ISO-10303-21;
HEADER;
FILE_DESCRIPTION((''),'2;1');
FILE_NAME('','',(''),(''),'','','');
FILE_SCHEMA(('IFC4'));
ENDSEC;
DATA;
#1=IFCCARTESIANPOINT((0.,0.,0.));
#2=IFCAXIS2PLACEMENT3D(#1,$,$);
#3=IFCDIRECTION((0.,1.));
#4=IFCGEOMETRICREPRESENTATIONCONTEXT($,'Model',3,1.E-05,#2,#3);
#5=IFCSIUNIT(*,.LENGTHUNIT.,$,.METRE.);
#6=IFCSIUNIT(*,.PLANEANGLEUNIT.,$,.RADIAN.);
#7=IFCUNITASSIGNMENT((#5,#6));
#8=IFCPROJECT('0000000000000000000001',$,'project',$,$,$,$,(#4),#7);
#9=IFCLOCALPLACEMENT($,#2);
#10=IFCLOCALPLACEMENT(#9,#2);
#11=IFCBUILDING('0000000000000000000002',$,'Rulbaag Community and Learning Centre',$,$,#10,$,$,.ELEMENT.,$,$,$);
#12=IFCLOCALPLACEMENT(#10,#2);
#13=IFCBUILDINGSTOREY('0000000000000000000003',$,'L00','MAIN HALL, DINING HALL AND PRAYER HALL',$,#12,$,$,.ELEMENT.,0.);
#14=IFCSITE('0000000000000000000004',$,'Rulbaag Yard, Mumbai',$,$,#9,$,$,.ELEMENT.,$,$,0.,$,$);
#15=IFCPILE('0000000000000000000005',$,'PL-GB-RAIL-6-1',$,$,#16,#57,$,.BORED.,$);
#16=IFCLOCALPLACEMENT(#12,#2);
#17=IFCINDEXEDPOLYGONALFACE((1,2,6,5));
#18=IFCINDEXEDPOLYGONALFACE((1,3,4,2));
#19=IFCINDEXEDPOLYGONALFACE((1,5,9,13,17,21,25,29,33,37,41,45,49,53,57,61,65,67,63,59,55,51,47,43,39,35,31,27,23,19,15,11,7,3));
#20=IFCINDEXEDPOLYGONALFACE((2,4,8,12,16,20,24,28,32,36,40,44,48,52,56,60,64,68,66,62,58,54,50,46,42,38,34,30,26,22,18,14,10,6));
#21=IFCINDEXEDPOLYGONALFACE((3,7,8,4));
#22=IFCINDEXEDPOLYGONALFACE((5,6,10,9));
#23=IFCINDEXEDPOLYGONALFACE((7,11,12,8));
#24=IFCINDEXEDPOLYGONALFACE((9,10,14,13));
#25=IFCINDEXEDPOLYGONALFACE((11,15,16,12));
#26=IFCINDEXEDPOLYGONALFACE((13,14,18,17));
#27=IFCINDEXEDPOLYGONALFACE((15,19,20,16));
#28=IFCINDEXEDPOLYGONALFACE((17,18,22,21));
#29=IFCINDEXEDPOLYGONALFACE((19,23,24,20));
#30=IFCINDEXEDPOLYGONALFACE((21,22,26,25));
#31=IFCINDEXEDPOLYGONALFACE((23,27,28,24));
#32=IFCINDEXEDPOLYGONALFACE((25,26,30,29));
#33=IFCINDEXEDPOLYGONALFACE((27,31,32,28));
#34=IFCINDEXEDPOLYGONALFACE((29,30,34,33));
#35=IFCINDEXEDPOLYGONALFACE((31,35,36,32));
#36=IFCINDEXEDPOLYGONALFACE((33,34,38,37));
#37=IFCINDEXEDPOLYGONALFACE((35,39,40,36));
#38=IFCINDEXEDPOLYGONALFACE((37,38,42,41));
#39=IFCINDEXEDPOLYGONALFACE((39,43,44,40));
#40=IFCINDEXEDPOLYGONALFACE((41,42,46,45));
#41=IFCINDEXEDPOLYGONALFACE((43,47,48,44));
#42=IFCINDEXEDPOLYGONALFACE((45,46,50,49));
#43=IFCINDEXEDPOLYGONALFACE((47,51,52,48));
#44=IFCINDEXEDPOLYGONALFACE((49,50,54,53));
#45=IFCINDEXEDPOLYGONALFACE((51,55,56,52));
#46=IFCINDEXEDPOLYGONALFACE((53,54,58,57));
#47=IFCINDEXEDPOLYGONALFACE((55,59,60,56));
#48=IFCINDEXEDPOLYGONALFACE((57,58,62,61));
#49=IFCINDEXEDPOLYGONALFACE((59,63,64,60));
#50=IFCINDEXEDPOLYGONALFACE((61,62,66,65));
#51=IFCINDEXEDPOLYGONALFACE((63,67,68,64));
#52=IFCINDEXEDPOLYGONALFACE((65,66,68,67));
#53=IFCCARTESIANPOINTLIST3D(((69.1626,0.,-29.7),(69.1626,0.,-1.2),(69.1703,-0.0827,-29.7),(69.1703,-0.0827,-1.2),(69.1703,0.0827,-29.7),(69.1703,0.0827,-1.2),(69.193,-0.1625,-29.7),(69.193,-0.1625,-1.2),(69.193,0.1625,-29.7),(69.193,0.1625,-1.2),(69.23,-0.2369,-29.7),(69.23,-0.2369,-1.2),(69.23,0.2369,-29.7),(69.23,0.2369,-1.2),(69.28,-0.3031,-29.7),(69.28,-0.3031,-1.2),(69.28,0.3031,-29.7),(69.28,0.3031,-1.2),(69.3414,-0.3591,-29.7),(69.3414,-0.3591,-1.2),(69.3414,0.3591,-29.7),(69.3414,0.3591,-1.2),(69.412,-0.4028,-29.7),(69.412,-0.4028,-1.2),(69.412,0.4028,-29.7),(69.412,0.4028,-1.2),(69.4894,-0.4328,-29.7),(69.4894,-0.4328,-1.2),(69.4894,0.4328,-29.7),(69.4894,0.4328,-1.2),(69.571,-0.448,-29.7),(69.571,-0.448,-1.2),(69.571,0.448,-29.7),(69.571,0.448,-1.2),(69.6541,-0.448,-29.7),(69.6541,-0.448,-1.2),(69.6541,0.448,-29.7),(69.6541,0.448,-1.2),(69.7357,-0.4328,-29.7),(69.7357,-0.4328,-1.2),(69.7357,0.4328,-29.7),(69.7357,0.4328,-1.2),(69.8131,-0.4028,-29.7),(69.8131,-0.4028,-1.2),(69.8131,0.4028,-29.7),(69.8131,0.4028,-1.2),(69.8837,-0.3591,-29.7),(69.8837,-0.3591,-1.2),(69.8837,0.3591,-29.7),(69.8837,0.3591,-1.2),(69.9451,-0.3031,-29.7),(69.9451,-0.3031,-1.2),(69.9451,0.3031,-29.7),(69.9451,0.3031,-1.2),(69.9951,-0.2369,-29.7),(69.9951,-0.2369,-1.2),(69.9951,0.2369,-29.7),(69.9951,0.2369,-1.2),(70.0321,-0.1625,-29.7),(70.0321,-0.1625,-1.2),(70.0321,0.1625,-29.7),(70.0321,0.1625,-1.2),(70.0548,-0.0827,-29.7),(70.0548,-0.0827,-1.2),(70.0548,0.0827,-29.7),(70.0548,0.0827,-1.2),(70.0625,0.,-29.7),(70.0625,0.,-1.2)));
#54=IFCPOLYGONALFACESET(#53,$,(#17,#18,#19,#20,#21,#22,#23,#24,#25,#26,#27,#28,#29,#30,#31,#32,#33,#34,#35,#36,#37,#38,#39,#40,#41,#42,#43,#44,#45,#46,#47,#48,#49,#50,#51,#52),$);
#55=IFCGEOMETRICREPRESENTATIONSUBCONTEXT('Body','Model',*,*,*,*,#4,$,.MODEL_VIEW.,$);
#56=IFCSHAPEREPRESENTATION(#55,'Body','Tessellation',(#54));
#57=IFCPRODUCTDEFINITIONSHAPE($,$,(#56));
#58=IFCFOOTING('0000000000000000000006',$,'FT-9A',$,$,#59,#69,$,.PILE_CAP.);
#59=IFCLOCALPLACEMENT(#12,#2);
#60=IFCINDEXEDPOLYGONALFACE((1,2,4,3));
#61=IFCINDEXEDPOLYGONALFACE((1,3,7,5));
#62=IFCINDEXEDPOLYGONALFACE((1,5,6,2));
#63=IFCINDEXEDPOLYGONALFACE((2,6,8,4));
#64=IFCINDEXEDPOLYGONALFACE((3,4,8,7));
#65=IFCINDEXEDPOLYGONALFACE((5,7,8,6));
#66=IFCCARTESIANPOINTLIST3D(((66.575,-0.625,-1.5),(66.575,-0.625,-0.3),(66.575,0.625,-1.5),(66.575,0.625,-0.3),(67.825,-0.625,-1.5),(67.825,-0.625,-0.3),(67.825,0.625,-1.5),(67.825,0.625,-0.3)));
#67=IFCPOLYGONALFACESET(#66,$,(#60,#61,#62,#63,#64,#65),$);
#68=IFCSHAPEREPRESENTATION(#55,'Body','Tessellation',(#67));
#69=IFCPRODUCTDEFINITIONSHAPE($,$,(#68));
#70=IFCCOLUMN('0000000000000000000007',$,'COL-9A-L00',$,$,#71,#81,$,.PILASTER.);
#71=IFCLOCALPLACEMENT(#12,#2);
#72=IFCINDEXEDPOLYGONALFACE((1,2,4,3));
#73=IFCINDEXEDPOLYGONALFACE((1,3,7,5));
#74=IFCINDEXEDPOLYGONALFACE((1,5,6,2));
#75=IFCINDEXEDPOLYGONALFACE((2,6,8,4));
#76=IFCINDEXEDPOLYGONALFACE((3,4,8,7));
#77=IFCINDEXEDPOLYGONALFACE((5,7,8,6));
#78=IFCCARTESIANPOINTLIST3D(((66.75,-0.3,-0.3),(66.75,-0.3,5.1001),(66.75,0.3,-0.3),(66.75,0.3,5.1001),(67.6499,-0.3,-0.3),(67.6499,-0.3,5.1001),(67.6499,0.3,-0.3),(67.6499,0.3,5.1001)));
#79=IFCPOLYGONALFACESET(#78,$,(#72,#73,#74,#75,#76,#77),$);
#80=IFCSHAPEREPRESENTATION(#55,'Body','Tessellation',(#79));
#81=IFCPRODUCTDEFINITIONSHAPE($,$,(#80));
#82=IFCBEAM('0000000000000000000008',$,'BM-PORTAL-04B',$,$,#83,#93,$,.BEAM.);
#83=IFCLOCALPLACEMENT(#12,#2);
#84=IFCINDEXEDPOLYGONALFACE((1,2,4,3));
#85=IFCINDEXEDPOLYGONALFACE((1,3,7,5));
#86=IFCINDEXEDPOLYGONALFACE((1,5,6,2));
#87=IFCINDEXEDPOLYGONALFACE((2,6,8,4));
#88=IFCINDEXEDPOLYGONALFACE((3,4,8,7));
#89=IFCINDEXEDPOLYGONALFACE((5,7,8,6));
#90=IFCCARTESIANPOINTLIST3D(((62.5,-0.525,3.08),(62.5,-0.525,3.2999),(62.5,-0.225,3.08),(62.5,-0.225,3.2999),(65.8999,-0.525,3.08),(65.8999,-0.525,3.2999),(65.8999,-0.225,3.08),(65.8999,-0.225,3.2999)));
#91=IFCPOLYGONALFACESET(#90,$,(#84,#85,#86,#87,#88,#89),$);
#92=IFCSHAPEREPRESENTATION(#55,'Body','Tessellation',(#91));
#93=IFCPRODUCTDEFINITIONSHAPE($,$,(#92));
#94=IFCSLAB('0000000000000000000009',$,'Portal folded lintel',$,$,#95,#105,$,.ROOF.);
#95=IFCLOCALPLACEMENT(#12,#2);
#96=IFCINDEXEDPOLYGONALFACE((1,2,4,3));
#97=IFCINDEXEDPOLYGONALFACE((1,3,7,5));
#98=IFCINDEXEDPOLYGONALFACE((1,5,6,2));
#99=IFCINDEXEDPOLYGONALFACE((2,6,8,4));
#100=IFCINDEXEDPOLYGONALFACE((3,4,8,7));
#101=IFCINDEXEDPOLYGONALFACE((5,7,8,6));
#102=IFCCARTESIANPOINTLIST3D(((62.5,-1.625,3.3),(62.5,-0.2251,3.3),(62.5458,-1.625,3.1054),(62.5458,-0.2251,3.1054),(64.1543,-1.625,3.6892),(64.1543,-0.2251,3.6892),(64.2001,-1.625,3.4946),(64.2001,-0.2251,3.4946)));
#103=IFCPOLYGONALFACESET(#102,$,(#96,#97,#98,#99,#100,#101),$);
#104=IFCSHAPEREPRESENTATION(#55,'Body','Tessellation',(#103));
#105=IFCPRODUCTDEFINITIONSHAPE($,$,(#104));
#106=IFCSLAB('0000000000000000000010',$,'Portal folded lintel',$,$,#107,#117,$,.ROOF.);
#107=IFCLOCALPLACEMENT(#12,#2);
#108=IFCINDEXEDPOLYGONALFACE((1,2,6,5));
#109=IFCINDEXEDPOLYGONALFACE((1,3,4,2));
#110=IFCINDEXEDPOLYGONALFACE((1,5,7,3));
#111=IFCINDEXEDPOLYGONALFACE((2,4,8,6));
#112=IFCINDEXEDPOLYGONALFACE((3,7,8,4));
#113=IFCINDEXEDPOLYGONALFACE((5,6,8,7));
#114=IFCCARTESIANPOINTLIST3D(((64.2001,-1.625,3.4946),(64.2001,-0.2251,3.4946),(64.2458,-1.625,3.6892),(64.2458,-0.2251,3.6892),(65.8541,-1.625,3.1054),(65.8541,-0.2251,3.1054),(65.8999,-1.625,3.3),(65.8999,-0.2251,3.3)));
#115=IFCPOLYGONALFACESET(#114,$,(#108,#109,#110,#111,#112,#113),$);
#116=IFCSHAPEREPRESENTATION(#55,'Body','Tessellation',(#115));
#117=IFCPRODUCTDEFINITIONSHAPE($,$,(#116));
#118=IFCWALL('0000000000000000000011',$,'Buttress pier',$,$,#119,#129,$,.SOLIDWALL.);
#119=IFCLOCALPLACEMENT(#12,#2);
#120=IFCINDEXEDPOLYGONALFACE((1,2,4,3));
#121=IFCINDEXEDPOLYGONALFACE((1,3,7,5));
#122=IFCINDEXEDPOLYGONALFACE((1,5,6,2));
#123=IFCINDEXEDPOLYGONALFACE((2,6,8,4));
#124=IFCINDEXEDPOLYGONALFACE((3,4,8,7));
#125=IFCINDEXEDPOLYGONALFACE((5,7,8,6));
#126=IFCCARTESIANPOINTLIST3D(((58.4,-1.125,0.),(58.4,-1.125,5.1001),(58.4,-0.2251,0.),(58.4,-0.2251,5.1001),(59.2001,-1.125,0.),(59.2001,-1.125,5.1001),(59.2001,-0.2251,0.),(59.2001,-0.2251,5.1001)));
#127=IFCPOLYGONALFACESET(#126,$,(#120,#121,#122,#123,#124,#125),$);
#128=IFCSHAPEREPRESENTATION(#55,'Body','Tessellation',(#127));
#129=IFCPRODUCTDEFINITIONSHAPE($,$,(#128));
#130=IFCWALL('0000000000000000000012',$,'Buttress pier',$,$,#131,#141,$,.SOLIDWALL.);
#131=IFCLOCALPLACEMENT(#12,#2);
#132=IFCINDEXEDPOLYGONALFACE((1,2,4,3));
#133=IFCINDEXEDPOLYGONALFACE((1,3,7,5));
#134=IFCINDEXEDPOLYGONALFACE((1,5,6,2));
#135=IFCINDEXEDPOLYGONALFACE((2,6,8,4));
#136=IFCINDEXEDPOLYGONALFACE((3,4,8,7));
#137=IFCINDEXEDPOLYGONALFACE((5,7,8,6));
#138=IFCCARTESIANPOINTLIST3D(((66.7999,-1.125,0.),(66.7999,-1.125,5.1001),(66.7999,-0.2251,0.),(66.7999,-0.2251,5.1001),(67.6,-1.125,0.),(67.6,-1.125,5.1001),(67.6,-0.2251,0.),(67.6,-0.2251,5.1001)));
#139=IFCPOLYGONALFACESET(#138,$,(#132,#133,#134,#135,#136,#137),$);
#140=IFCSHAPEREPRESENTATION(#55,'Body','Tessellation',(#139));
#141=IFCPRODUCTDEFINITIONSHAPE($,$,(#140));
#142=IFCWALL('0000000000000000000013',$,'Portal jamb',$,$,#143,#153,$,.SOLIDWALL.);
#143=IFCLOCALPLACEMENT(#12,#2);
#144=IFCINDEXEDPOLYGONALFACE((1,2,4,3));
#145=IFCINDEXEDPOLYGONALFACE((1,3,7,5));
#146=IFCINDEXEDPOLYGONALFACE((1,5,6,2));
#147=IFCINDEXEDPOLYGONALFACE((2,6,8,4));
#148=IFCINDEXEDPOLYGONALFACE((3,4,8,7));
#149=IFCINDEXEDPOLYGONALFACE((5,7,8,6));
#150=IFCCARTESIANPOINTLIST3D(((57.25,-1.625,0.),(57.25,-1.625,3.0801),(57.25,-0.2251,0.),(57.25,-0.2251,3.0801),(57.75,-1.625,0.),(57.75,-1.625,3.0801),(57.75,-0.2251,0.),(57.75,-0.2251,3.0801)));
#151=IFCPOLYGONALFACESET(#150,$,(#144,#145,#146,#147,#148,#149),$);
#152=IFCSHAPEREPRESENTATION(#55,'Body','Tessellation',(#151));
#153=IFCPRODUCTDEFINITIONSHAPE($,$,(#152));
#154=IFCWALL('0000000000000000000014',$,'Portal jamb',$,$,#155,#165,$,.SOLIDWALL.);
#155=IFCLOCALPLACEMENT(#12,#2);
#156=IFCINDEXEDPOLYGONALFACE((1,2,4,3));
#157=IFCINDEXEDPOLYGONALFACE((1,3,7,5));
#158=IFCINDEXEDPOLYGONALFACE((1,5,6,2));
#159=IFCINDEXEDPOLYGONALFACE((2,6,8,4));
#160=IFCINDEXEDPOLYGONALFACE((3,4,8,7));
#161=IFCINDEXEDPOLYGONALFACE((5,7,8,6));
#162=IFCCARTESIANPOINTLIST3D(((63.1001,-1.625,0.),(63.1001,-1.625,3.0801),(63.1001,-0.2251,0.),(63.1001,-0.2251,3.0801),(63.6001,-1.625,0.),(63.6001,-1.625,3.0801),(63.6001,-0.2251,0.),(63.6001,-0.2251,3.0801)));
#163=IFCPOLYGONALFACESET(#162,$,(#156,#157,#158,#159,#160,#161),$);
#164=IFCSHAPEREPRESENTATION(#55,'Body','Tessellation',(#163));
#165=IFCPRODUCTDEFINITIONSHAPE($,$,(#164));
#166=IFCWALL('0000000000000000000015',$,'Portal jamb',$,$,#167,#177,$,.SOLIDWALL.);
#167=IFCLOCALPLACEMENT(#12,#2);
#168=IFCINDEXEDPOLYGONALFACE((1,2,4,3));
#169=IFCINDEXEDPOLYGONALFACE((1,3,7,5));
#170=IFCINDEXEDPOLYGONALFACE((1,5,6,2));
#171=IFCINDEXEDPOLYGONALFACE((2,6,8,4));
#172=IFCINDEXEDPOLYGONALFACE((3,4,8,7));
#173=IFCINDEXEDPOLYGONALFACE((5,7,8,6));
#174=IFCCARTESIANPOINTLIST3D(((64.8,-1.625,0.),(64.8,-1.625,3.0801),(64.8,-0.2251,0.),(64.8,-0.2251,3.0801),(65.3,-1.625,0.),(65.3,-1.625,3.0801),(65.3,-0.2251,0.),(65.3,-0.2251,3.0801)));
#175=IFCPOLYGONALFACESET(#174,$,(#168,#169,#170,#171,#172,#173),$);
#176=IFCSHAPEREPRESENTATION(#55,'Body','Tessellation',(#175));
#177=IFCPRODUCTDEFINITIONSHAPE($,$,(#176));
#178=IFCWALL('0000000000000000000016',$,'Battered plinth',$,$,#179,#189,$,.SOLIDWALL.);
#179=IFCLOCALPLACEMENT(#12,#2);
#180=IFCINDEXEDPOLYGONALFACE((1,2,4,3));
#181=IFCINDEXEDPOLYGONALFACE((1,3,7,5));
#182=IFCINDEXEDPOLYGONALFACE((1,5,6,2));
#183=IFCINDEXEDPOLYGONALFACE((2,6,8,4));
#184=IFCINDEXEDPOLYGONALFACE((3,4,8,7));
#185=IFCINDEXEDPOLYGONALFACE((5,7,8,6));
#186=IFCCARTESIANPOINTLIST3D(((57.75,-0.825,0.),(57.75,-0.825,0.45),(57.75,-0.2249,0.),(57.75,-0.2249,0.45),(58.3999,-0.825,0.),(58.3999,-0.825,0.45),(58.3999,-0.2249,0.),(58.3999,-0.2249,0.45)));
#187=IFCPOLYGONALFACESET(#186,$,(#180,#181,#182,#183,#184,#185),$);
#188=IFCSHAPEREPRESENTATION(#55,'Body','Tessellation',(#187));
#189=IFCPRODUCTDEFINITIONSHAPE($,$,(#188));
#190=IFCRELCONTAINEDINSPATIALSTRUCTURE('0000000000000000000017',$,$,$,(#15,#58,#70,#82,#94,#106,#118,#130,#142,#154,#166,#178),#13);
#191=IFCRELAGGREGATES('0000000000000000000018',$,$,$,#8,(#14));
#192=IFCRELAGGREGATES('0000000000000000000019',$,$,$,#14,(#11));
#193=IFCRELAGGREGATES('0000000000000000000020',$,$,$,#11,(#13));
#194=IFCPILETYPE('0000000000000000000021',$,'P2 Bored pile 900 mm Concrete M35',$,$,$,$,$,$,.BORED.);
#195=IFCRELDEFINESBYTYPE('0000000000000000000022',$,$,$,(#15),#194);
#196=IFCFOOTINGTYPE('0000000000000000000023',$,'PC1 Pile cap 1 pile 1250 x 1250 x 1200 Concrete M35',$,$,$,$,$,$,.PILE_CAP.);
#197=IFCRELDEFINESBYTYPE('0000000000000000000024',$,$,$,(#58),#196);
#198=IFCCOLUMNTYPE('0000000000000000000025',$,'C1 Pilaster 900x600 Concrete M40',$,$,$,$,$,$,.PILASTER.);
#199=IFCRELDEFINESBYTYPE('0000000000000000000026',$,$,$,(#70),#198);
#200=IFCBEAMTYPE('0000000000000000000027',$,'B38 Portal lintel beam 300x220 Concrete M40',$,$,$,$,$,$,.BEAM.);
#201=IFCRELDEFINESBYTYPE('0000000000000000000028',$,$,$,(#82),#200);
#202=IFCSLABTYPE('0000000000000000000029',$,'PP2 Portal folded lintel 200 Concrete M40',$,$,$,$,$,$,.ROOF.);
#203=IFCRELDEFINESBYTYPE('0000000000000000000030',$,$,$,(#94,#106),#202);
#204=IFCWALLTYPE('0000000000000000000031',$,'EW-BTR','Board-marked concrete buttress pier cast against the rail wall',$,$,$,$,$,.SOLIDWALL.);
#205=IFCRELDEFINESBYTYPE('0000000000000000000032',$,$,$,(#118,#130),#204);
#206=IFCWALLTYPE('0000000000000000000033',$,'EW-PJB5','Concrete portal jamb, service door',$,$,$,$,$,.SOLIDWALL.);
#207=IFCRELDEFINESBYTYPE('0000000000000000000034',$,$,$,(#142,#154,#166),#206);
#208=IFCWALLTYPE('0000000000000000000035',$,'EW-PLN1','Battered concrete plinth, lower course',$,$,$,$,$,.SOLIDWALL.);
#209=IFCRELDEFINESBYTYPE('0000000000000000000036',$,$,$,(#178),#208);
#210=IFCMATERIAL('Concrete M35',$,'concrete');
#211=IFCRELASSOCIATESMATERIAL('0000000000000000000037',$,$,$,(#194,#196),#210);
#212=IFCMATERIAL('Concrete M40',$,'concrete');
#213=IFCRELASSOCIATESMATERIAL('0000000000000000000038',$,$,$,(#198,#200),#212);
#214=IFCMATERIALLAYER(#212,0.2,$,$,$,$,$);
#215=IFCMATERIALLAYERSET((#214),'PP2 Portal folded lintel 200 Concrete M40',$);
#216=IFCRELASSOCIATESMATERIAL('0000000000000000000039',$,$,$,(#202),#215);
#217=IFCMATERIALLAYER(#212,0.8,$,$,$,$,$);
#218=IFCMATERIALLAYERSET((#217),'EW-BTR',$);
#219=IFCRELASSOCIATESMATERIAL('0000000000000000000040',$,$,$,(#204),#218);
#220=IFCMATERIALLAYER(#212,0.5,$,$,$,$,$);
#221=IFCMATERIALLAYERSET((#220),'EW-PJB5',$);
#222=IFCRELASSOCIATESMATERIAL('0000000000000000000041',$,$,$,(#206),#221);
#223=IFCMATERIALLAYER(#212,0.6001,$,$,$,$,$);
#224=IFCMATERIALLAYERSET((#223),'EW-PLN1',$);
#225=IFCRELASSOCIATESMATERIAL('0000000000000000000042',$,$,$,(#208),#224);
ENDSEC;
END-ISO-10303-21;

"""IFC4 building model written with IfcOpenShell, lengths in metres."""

from ifc_helpers import new_model, si_unit, direction, frame, frame_2d, origin, origin_2d, place, context, subcontext, project, spatial, polyline, rectangle, circle, outline, extrude, material, layer, layer_set, material_profile, profile_set, type_object, element, save


model = new_model("IFC4")

# Units and contexts
model_context = context("Model", 3, precision=1e-05, world=origin(), true_north=direction((0.0, 1.0)))
body_context = subcontext(model_context, "Body", "Model", "MODEL_VIEW")
ifc_project = project(units=[si_unit("LENGTHUNIT", "METRE"), si_unit("PLANEANGLEUNIT", "RADIAN")], contexts=[model_context])

# Site, building, storey
site_placement = place(None, origin())
site = spatial("IfcSite", under=ifc_project, at=site_placement, Name="Rulbaag Yard, Mumbai", CompositionType="ELEMENT", RefElevation=0.0)
building_placement = place(site_placement, origin())
building = spatial("IfcBuilding", under=site, at=building_placement, Name="Rulbaag Community and Learning Centre", CompositionType="ELEMENT")
storey_placement = place(building_placement, origin())
storey = spatial("IfcBuildingStorey", under=building, at=storey_placement, Name="L00", Description="MAIN HALL, DINING HALL AND PRAYER HALL", CompositionType="ELEMENT", Elevation=0.0)

# Shared definitions
ifc_material_1 = material(Name="Concrete M35", Category="concrete")

# Pile
ifc_material_profile_1 = material_profile(ifc_material_1, circle(Radius=0.45, at=origin_2d()), Name="BP900")
ifc_profile_set_1 = profile_set([ifc_material_profile_1], Name="Concrete M35")
pile_type_1 = type_object("IfcPileType", Name="P2 Bored pile 900 mm Concrete M35", PredefinedType="BORED", material=ifc_profile_set_1)
for number, where, z_axis, x_axis, name in (
    (1, (69.6125, 0.0, -1.2), (0.0, 0.0, -1.0), (1.0, 0.0, 0.0), "PL-GB-RAIL-6-1"),
):
    element("IfcPile", number, at=place(storey_placement, frame(where, z_axis=z_axis, x_axis=x_axis)), inside=storey, type_object=pile_type_1, Name=name, PredefinedType="BORED", context=body_context, shape_type="SweptSolid", body=[
        extrude(circle(Radius=0.45, at=origin_2d()), origin(), (0.0, 0.0, 1.0), 28.5),
    ])

# Footing
footing_type_1 = type_object("IfcFootingType", Name="PC1 Pile cap 1 pile 1250 x 1250 x 1200 Concrete M35", PredefinedType="PILE_CAP", material=ifc_material_1)
footing_1_placement = place(storey_placement, frame((67.2, 0.0, -1.5), z_axis=(0.0, 0.0, 1.0), x_axis=(1.0, 0.0, 0.0)))
element("IfcFooting", 2, at=footing_1_placement, inside=storey, type_object=footing_type_1, Name="FT-9A", PredefinedType="PILE_CAP", context=body_context, shape_type="SweptSolid", body=[
    extrude(rectangle(XDim=1.25, YDim=1.25, at=origin_2d()), origin(), (0.0, 0.0, 1.0), 1.2),
])

# Column
ifc_material_2 = material(Name="Concrete M40", Category="concrete")
ifc_material_profile_2 = material_profile(ifc_material_2, rectangle(XDim=0.8999, YDim=0.6001, at=origin_2d()), Name="RC900x600")
ifc_profile_set_2 = profile_set([ifc_material_profile_2], Name="Concrete M40")
column_type = type_object("IfcColumnType", Name="C1 Pilaster 900x600 Concrete M40", PredefinedType="PILASTER", material=ifc_profile_set_2)
column_placement = place(storey_placement, frame((67.2, 0.0, -0.3), z_axis=(0.0, 0.0, 1.0), x_axis=(1.0, 0.0, 0.0)))
element("IfcColumn", 3, at=column_placement, inside=storey, type_object=column_type, Name="COL-9A-L00", PredefinedType="PILASTER", context=body_context, shape_type="SweptSolid", body=[
    extrude(rectangle(XDim=0.8999, YDim=0.6001, at=origin_2d()), origin(), (0.0, 0.0, 1.0), 5.4001),
])

# Beam
ifc_material_profile_3 = material_profile(ifc_material_2, rectangle(XDim=0.3, YDim=0.22, at=origin_2d()), Name="RB300x220")
ifc_profile_set_3 = profile_set([ifc_material_profile_3], Name="Concrete M40")
beam_type = type_object("IfcBeamType", Name="B38 Portal lintel beam 300x220 Concrete M40", PredefinedType="BEAM", material=ifc_profile_set_3)
beam_placement = place(storey_placement, frame((62.5, -0.375, 3.1899), z_axis=(1.0, 0.0, 0.0), x_axis=(0.0, 1.0, 0.0)))
element("IfcBeam", 4, at=beam_placement, inside=storey, type_object=beam_type, Name="BM-PORTAL-04B", PredefinedType="BEAM", context=body_context, shape_type="SweptSolid", body=[
    extrude(rectangle(XDim=0.3, YDim=0.22, at=origin_2d()), origin(), (0.0, 0.0, 1.0), 3.3999),
])

# Slabs
ifc_layer_1 = layer(ifc_material_2, 0.2)
ifc_layer_set_1 = layer_set([ifc_layer_1], Name="PP2 Portal folded lintel 200 Concrete M40")
slab_type = type_object("IfcSlabType", Name="PP2 Portal folded lintel 200 Concrete M40", PredefinedType="ROOF", material=ifc_layer_set_1)
slab_1_placement = place(storey_placement, frame((62.5, -0.2251, 3.3), z_axis=(-0.228991, 0.0, 0.973428), x_axis=(0.973428, 0.0, 0.228991)))
element("IfcSlab", 5, at=slab_1_placement, inside=storey, type_object=slab_type, Name="Portal folded lintel", PredefinedType="ROOF", context=body_context, shape_type="SweptSolid", body=[
    extrude(outline(polyline([(0.0, 0.0), (1.6995, 0.0), (1.6995, -1.3999), (0.0, -1.3999), (0.0, 0.0)])), origin(), (0.0, 0.0, -1.0), 0.2),
])
slab_2_placement = place(storey_placement, frame((64.2458, -0.2251, 3.6892), z_axis=(0.229023, 0.0, 0.973421), x_axis=(0.973421, 0.0, -0.229023)))
element("IfcSlab", 6, at=slab_2_placement, inside=storey, type_object=slab_type, Name="Portal folded lintel", PredefinedType="ROOF", context=body_context, shape_type="SweptSolid", body=[
    extrude(outline(polyline([(0.0, 0.0), (1.6992, 0.0), (1.6992, -1.3999), (0.0, -1.3999), (0.0, 0.0)])), origin(), (0.0, 0.0, -1.0), 0.2),
])

# Walls
ifc_layer_2 = layer(ifc_material_2, 0.8)
ifc_layer_set_2 = layer_set([ifc_layer_2], Name="EW-BTR")
wall_type_1 = type_object("IfcWallType", Name="EW-BTR", Description="Board-marked concrete buttress pier cast against the rail wall", PredefinedType="SOLIDWALL", material=ifc_layer_set_2)
for number, where, z_axis, x_axis, name in (
    (7, (58.8, -0.2251, 0.0), (0.0, 0.0, 1.0), (0.0, -1.0, 0.0), "Buttress pier"),
    (8, (67.2, -0.2251, 0.0), (0.0, 0.0, 1.0), (0.0, -1.0, 0.0), "Buttress pier"),
):
    element("IfcWall", number, at=place(storey_placement, frame(where, z_axis=z_axis, x_axis=x_axis)), inside=storey, type_object=wall_type_1, Name=name, PredefinedType="SOLIDWALL", context=body_context, shape_type="SweptSolid", body=[
        extrude(rectangle(XDim=0.8999, YDim=0.8, at=frame_2d((0.45, 0.0))), origin(), (0.0, 0.0, 1.0), 5.1001),
    ])
ifc_layer_3 = layer(ifc_material_2, 0.5)
ifc_layer_set_3 = layer_set([ifc_layer_3], Name="EW-PJB5")
wall_type_2 = type_object("IfcWallType", Name="EW-PJB5", Description="Concrete portal jamb, service door", PredefinedType="SOLIDWALL", material=ifc_layer_set_3)
for number, where, z_axis, x_axis, name in (
    (9, (57.5, -0.2251, 0.0), (0.0, 0.0, 1.0), (0.0, -1.0, 0.0), "Portal jamb"),
    (10, (63.3501, -0.2251, 0.0), (0.0, 0.0, 1.0), (0.0, -1.0, 0.0), "Portal jamb"),
    (11, (65.05, -0.2251, 0.0), (0.0, 0.0, 1.0), (0.0, -1.0, 0.0), "Portal jamb"),
):
    element("IfcWall", number, at=place(storey_placement, frame(where, z_axis=z_axis, x_axis=x_axis)), inside=storey, type_object=wall_type_2, Name=name, PredefinedType="SOLIDWALL", context=body_context, shape_type="SweptSolid", body=[
        extrude(rectangle(XDim=1.3999, YDim=0.5, at=frame_2d((0.7, 0.0))), origin(), (0.0, 0.0, 1.0), 3.0801),
    ])
ifc_layer_4 = layer(ifc_material_2, 0.6001)
ifc_layer_set_4 = layer_set([ifc_layer_4], Name="EW-PLN1")
wall_type_3 = type_object("IfcWallType", Name="EW-PLN1", Description="Battered concrete plinth, lower course", PredefinedType="SOLIDWALL", material=ifc_layer_set_4)
wall_1_placement = place(storey_placement, frame((57.75, -0.5249, 0.0), z_axis=(0.0, 0.0, 1.0), x_axis=(1.0, 0.0, 0.0)))
element("IfcWall", 12, at=wall_1_placement, inside=storey, type_object=wall_type_3, Name="Battered plinth", PredefinedType="SOLIDWALL", context=body_context, shape_type="SweptSolid", body=[
    extrude(rectangle(XDim=0.6499, YDim=0.6001, at=frame_2d((0.325, 0.0))), origin(), (0.0, 0.0, 1.0), 0.45),
])

save(model, "model.ifc")
